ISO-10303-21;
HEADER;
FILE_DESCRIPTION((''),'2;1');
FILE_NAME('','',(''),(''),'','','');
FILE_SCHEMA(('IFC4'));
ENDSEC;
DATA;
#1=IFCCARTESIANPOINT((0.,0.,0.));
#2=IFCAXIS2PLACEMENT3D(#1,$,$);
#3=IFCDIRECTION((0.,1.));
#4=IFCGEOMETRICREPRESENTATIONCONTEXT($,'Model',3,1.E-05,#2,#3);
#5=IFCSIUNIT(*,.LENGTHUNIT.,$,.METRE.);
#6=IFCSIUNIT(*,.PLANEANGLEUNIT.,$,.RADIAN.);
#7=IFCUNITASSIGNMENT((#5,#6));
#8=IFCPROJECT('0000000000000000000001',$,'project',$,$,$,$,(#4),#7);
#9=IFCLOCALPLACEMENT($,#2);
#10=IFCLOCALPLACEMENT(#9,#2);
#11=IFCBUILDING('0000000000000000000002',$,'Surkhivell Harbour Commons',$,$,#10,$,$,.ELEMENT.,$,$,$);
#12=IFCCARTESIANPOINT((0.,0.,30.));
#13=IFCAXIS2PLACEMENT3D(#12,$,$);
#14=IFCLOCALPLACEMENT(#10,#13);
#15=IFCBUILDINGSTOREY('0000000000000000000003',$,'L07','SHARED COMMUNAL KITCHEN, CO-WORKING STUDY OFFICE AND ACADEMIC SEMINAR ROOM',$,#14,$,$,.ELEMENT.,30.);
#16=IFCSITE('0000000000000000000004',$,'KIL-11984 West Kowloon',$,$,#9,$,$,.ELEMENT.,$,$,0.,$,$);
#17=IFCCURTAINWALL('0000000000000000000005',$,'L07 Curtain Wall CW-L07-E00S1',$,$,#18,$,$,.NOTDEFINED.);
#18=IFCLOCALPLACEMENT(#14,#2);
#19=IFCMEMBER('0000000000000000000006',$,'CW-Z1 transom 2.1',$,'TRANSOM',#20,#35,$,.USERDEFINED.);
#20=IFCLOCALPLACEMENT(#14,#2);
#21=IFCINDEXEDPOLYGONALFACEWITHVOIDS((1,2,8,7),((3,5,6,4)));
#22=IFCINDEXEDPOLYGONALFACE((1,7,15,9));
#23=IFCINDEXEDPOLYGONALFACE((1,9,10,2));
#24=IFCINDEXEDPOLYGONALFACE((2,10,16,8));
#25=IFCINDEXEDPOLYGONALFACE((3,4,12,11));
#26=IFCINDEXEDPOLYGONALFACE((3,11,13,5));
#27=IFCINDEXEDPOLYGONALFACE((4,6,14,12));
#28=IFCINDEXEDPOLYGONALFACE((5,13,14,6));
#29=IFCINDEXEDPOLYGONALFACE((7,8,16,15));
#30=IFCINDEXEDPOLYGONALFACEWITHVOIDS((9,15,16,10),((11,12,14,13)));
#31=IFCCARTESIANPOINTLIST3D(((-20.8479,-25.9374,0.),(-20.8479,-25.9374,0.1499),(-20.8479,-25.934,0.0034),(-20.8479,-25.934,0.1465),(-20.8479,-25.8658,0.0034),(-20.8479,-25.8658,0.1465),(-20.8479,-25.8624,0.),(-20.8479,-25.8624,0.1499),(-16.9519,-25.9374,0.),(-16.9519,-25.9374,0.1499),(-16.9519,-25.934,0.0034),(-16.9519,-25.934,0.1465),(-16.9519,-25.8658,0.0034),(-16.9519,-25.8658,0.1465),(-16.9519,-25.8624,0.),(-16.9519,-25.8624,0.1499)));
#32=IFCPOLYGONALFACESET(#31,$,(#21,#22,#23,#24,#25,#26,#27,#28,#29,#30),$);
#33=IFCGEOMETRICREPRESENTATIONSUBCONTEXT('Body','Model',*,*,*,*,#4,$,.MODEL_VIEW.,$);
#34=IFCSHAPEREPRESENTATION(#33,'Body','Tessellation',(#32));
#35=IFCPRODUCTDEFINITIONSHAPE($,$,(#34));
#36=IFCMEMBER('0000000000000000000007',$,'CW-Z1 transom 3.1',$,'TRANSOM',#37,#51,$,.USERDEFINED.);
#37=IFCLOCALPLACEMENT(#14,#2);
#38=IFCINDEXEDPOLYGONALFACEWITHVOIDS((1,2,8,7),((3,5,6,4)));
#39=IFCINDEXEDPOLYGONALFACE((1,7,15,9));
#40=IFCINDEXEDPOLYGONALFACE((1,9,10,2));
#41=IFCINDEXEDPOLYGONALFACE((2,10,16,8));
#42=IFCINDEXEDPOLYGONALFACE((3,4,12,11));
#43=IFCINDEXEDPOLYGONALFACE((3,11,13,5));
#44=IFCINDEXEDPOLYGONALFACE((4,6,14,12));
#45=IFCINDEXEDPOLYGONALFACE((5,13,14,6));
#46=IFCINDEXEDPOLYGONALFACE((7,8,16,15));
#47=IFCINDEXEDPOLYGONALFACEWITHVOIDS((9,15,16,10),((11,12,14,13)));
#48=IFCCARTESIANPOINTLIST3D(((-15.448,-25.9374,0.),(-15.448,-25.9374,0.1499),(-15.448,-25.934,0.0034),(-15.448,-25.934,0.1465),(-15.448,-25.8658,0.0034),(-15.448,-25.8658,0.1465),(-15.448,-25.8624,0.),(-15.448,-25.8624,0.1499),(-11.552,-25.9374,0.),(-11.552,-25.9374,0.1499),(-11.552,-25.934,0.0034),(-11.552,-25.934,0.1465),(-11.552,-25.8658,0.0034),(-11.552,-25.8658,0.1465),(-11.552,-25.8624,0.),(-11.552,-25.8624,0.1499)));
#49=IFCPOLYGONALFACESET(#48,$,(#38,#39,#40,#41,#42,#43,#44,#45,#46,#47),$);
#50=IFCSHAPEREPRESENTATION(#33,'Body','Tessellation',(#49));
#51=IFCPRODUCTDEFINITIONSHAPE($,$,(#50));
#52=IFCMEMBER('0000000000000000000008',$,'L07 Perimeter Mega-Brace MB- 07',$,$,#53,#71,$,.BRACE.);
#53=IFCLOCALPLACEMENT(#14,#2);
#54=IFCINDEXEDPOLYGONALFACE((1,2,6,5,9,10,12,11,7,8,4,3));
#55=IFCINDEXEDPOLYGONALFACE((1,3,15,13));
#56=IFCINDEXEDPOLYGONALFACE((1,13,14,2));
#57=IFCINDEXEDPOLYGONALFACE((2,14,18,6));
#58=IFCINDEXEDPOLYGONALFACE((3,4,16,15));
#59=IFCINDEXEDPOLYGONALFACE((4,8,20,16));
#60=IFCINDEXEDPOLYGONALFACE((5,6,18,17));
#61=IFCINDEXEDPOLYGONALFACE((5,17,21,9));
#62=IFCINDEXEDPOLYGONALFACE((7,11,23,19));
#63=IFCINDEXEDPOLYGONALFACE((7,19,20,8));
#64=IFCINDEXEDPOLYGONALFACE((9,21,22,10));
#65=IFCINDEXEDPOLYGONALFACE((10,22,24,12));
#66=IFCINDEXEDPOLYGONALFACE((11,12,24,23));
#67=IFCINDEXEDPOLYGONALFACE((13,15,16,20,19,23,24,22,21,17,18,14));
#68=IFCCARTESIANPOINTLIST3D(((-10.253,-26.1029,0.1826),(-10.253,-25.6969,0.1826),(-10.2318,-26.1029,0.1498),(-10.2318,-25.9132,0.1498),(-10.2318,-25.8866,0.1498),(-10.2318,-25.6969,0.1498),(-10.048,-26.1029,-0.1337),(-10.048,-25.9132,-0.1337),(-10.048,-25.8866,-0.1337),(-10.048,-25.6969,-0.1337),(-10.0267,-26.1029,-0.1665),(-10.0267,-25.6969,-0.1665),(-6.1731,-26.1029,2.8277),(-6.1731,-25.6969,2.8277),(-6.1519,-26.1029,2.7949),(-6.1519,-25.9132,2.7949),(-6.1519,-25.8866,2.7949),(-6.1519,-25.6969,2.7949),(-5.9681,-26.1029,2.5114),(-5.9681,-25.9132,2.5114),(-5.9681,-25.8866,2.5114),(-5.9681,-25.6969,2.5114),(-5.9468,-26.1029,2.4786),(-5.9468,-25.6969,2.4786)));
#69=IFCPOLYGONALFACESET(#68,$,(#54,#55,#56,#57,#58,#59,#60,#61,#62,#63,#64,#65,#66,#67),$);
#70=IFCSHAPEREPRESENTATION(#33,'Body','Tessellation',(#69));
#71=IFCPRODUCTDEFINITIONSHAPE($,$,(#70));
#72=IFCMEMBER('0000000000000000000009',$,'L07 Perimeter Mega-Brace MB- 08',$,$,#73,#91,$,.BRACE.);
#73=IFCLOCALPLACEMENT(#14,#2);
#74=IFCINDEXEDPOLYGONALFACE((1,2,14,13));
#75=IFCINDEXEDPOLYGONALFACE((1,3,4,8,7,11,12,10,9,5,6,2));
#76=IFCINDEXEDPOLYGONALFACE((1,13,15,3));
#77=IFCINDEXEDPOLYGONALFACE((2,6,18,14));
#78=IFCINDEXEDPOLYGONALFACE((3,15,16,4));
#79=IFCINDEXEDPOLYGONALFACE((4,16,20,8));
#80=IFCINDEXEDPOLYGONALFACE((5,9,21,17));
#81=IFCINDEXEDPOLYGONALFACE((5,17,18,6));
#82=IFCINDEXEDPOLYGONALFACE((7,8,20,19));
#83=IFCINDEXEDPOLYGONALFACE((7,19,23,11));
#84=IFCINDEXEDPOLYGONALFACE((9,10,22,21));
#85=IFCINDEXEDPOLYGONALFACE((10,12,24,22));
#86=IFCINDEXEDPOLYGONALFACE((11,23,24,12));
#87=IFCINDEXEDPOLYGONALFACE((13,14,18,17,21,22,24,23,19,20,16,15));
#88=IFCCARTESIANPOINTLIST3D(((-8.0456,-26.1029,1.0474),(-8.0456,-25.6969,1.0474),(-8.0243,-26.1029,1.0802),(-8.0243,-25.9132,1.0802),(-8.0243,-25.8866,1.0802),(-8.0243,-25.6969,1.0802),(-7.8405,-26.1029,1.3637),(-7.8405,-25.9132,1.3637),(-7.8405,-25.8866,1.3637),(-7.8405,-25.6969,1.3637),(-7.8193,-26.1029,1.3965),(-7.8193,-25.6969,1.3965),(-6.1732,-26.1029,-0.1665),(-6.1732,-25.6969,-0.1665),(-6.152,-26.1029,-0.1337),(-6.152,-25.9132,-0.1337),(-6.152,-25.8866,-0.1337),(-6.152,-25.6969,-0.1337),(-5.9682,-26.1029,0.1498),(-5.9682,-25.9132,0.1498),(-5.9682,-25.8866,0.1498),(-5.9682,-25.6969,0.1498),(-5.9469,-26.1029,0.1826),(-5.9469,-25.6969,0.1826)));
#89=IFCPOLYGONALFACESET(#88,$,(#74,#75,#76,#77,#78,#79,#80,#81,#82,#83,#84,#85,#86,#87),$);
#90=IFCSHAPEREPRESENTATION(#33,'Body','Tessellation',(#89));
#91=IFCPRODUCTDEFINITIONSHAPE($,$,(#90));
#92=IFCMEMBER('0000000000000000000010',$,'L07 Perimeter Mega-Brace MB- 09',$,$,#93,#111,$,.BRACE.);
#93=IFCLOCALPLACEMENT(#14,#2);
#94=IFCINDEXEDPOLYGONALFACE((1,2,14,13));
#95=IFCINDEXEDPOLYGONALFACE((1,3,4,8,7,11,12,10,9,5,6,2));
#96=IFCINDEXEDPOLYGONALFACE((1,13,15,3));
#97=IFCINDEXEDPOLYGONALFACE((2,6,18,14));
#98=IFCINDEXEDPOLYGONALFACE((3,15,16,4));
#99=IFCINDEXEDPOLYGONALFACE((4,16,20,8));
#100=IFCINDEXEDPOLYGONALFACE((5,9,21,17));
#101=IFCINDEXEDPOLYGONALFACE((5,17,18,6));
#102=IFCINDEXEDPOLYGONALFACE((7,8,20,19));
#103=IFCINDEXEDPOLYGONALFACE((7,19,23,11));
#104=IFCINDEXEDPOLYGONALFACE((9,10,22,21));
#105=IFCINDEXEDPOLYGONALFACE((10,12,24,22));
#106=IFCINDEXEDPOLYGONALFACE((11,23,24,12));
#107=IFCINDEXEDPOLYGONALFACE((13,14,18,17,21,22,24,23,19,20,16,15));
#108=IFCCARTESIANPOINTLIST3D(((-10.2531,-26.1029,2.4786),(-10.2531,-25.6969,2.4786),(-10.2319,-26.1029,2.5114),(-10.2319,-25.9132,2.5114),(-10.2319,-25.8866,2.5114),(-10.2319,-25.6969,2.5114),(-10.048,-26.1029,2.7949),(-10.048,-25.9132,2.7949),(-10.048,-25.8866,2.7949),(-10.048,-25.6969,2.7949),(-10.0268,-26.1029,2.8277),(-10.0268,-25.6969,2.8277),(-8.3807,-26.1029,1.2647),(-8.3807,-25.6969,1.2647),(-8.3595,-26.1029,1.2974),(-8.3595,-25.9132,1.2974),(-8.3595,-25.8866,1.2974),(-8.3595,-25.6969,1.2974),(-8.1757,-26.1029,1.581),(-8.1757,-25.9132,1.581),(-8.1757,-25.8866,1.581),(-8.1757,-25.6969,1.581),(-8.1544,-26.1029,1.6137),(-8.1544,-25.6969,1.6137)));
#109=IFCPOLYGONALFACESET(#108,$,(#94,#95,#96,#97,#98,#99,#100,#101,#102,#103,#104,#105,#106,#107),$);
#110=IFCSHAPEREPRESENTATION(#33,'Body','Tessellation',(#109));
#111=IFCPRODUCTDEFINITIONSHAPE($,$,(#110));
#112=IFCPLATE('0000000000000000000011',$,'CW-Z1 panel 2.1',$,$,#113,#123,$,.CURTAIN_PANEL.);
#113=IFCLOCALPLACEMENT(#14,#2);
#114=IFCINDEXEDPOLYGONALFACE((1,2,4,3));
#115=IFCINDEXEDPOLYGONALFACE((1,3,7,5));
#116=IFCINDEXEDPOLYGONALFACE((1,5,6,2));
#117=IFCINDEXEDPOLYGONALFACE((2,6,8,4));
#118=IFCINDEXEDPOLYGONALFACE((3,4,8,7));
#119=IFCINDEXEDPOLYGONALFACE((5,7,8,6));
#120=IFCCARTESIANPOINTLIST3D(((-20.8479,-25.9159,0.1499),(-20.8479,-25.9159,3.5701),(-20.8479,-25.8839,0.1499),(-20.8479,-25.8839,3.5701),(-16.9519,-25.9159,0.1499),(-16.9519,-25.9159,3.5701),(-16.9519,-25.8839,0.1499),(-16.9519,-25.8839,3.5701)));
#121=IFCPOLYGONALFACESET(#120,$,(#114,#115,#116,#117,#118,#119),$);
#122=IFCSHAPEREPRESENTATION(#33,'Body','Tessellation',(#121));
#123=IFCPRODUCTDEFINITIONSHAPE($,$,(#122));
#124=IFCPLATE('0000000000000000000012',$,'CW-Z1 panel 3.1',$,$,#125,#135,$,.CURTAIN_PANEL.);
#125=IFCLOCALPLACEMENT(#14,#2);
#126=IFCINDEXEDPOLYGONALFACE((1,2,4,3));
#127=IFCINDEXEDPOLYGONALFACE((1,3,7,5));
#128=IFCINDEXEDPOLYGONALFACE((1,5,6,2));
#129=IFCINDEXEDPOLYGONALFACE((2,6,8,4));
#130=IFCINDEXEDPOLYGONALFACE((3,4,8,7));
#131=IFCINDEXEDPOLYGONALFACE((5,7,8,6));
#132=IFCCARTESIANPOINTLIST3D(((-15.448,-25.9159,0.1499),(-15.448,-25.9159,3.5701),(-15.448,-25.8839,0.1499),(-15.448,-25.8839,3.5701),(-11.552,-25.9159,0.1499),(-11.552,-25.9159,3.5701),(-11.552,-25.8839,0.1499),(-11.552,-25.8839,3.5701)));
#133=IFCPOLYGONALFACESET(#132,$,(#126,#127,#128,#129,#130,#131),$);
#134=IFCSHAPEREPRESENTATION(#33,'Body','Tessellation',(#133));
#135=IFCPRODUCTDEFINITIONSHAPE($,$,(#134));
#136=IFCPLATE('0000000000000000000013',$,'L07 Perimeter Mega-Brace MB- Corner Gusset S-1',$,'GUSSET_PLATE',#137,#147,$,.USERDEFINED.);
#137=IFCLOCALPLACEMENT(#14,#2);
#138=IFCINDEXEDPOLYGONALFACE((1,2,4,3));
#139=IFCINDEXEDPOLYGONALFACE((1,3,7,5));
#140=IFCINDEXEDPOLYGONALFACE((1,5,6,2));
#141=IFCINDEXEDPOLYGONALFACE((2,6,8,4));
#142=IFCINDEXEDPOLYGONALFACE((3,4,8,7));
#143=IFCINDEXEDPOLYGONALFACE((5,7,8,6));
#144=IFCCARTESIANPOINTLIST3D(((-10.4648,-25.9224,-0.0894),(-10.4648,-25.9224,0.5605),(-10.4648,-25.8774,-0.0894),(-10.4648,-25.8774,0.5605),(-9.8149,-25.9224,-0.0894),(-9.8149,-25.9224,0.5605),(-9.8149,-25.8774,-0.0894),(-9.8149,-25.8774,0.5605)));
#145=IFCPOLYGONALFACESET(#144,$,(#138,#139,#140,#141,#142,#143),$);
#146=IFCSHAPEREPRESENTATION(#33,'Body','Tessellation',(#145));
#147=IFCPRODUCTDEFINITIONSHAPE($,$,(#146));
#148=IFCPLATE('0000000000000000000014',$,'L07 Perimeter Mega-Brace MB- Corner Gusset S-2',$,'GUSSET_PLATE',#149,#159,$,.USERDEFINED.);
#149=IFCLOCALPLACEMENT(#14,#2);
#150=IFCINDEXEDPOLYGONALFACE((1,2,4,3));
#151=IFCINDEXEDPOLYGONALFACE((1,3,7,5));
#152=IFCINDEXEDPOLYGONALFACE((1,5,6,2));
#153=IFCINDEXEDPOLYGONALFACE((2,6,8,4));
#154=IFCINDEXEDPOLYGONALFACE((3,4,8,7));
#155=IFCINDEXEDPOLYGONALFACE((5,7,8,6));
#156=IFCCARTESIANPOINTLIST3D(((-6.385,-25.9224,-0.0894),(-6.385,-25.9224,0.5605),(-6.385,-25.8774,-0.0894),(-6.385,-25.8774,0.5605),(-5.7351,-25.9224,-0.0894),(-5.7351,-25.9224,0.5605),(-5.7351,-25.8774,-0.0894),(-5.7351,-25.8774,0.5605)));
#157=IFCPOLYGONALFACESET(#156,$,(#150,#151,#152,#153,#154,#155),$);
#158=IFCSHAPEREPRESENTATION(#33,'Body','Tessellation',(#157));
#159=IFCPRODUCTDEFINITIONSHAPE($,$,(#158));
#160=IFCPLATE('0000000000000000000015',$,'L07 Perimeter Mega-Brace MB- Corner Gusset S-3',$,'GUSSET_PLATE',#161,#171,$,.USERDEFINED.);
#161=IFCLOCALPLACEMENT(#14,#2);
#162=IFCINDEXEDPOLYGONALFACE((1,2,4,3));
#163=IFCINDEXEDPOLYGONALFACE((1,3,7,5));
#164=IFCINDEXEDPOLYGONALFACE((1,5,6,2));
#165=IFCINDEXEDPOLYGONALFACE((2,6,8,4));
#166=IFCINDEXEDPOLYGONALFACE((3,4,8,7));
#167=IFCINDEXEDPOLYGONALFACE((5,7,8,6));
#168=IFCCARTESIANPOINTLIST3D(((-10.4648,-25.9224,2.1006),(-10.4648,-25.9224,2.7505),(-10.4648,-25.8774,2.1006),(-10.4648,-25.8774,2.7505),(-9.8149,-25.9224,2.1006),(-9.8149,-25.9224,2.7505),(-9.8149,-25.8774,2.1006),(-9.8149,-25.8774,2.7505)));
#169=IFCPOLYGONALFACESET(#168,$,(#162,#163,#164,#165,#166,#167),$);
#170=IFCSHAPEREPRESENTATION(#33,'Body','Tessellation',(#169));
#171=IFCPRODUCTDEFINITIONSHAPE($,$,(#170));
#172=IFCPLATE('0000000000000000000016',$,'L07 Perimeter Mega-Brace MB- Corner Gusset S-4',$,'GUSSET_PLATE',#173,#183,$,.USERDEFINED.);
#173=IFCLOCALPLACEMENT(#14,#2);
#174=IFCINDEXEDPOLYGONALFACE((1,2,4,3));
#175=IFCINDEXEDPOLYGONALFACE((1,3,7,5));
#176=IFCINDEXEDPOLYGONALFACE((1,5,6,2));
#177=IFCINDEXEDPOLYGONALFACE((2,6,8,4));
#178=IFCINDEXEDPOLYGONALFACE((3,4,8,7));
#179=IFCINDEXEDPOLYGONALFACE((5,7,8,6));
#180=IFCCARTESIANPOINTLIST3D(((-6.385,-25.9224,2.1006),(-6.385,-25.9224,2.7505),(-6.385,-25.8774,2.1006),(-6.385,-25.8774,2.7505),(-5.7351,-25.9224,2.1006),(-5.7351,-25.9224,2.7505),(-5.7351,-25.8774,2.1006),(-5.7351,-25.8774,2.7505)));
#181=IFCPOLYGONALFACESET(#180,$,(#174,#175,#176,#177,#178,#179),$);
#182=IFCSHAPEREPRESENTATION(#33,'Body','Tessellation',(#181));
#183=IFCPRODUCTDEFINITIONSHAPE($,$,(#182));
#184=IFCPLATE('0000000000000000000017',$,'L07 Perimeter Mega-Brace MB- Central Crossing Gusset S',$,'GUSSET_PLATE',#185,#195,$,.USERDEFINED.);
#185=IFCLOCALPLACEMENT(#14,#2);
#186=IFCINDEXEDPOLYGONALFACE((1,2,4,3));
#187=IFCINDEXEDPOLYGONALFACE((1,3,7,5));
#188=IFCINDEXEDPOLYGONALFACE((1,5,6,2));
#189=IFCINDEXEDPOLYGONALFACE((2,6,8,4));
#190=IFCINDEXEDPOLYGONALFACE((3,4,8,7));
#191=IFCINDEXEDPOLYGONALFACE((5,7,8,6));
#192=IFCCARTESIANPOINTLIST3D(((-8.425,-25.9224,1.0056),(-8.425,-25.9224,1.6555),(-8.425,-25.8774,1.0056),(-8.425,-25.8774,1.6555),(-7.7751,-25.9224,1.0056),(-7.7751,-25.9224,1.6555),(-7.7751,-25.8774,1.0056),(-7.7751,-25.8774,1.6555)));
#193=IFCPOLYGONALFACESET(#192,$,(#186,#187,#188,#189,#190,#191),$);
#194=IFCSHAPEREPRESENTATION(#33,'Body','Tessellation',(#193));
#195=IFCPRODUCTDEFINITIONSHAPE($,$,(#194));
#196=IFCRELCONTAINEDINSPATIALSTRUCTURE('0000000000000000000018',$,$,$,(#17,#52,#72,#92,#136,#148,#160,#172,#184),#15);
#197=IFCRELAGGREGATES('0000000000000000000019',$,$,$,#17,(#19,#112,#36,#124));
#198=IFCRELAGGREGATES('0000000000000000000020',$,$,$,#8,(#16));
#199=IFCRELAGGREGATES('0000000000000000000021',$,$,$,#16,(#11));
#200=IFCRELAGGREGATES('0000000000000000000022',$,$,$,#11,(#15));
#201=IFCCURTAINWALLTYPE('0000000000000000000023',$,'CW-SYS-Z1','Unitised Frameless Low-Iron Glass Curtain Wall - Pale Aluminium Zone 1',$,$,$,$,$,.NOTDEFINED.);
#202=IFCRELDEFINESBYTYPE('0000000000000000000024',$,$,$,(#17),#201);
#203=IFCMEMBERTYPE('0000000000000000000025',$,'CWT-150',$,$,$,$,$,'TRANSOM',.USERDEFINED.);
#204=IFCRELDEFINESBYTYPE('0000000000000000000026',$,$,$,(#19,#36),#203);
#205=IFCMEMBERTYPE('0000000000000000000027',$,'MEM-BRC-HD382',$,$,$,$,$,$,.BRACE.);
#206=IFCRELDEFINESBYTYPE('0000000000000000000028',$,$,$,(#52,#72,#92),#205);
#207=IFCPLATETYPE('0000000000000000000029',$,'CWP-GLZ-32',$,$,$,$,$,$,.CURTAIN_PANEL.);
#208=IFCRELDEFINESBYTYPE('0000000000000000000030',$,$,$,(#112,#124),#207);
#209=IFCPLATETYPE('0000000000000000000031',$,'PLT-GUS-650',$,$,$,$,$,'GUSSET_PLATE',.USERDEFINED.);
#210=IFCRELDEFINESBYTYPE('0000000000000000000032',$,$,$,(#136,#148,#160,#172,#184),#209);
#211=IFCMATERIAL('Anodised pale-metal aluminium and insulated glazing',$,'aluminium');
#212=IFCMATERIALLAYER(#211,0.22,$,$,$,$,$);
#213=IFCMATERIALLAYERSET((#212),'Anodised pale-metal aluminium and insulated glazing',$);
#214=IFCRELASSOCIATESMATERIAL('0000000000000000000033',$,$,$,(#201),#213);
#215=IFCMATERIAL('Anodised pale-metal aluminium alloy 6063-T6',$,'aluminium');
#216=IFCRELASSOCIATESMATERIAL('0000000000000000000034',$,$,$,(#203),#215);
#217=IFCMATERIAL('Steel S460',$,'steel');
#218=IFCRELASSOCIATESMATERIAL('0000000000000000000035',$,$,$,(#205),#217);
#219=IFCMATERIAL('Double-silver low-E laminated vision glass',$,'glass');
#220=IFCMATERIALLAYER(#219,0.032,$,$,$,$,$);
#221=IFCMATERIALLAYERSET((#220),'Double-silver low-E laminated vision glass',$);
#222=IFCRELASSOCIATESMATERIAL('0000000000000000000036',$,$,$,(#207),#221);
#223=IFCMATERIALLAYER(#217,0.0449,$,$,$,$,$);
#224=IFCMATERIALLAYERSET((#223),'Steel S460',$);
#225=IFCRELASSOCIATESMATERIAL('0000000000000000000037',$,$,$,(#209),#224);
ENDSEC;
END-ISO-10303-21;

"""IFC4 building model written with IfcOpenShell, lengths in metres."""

from ifc_helpers import new_model, si_unit, direction, frame, frame_2d, origin, origin_2d, place, context, subcontext, project, spatial, rectangle, hollow_rectangle, i_section, extrude, material, layer, layer_set, material_profile, profile_set, type_object, element, aggregate, save


model = new_model("IFC4")

# Units and contexts
model_context = context("Model", 3, precision=1e-05, world=origin(), true_north=direction((0.0, 1.0)))
body_context = subcontext(model_context, "Body", "Model", "MODEL_VIEW")
ifc_project = project(units=[si_unit("LENGTHUNIT", "METRE"), si_unit("PLANEANGLEUNIT", "RADIAN")], contexts=[model_context])

# Site, building, storey
site_placement = place(None, origin())
site = spatial("IfcSite", under=ifc_project, at=site_placement, Name="KIL-11984 West Kowloon", CompositionType="ELEMENT", RefElevation=0.0)
building_placement = place(site_placement, origin())
building = spatial("IfcBuilding", under=site, at=building_placement, Name="Surkhivell Harbour Commons", CompositionType="ELEMENT")
storey_placement = place(building_placement, frame((0.0, 0.0, 30.0)))
storey = spatial("IfcBuildingStorey", under=building, at=storey_placement, Name="L07", Description="SHARED COMMUNAL KITCHEN, CO-WORKING STUDY OFFICE AND ACADEMIC SEMINAR ROOM", CompositionType="ELEMENT", Elevation=30.0)

# Shared definitions
ifc_material_1 = material(Name="Steel S460", Category="steel")

# Curtain wall, members
ifc_material_2 = material(Name="Anodised pale-metal aluminium and insulated glazing", Category="aluminium")
ifc_layer_1 = layer(ifc_material_2, 0.22)
ifc_layer_set_1 = layer_set([ifc_layer_1], Name="Anodised pale-metal aluminium and insulated glazing")
curtain_wall_type = type_object("IfcCurtainWallType", Name="CW-SYS-Z1", Description="Unitised Frameless Low-Iron Glass Curtain Wall - Pale Aluminium Zone 1", PredefinedType="NOTDEFINED", material=ifc_layer_set_1)
curtain_wall_placement = place(storey_placement, origin())
curtain_wall = element("IfcCurtainWall", 1, at=curtain_wall_placement, inside=storey, type_object=curtain_wall_type, Name="L07 Curtain Wall CW-L07-E00S1", PredefinedType="NOTDEFINED")
ifc_material_3 = material(Name="Anodised pale-metal aluminium alloy 6063-T6", Category="aluminium")
ifc_material_profile_1 = material_profile(ifc_material_3, hollow_rectangle(XDim=0.075, YDim=0.1499, WallThickness=0.0034, at=origin_2d()), Name="ALU-TRAN-75x150")
ifc_profile_set_1 = profile_set([ifc_material_profile_1], Name="Anodised pale-metal aluminium alloy 6063-T6")
member_type_1 = type_object("IfcMemberType", Name="CWT-150", ElementType="TRANSOM", PredefinedType="USERDEFINED", material=ifc_profile_set_1)
member_1_placement = place(storey_placement, frame((-20.8479, -25.8999, 0.075), z_axis=(1.0, 0.0, 0.0), x_axis=(0.0, 1.0, 0.0)))
member_1 = element("IfcMember", 2, at=member_1_placement, type_object=member_type_1, Name="CW-Z1 transom 2.1", ObjectType="TRANSOM", PredefinedType="USERDEFINED", context=body_context, shape_type="SweptSolid", body=[
    extrude(hollow_rectangle(XDim=0.075, YDim=0.1499, WallThickness=0.0034, at=origin_2d()), origin(), (0.0, 0.0, 1.0), 3.896),
])
member_2_placement = place(storey_placement, frame((-15.448, -25.8999, 0.075), z_axis=(1.0, 0.0, 0.0), x_axis=(0.0, 1.0, 0.0)))
member_2 = element("IfcMember", 3, at=member_2_placement, type_object=member_type_1, Name="CW-Z1 transom 3.1", ObjectType="TRANSOM", PredefinedType="USERDEFINED", context=body_context, shape_type="SweptSolid", body=[
    extrude(hollow_rectangle(XDim=0.075, YDim=0.1499, WallThickness=0.0034, at=origin_2d()), origin(), (0.0, 0.0, 1.0), 3.896),
])

# Members
ifc_material_profile_2 = material_profile(ifc_material_1, i_section(OverallWidth=0.406, OverallDepth=0.416, WebThickness=0.0266, FlangeThickness=0.0391, at=origin_2d()), Name="HD400x382")
ifc_profile_set_2 = profile_set([ifc_material_profile_2], Name="Steel S460")
member_type_2 = type_object("IfcMemberType", Name="MEM-BRC-HD382", PredefinedType="BRACE", material=ifc_profile_set_2)
member_3_placement = place(storey_placement, frame((-10.1399, -25.8999, 0.0081), z_axis=(0.839089, 0.0, 0.543994), x_axis=(0.0, 1.0, 0.0)))
element("IfcMember", 4, at=member_3_placement, inside=storey, type_object=member_type_2, Name="L07 Perimeter Mega-Brace MB- 07", PredefinedType="BRACE", context=body_context, shape_type="SweptSolid", body=[
    extrude(i_section(OverallWidth=0.406, OverallDepth=0.416, WebThickness=0.0266, FlangeThickness=0.0391, at=origin_2d()), origin(), (0.0, 0.0, 1.0), 4.8623),
])
for number, where, z_axis, x_axis, name in (
    (5, (-6.0601, -25.8999, 0.0081), (-0.839085, 0.0, 0.544), (0.0, -1.0, 0.0), "L07 Perimeter Mega-Brace MB- 08"),
    (6, (-8.2676, -25.8999, 1.4392), (-0.839085, 0.0, 0.544), (0.0, -1.0, 0.0), "L07 Perimeter Mega-Brace MB- 09"),
):
    element("IfcMember", number, at=place(storey_placement, frame(where, z_axis=z_axis, x_axis=x_axis)), inside=storey, type_object=member_type_2, Name=name, PredefinedType="BRACE", context=body_context, shape_type="SweptSolid", body=[
        extrude(i_section(OverallWidth=0.406, OverallDepth=0.416, WebThickness=0.0266, FlangeThickness=0.0391, at=origin_2d()), origin(), (0.0, 0.0, 1.0), 2.2314),
    ])

# Plates
ifc_material_4 = material(Name="Double-silver low-E laminated vision glass", Category="glass")
ifc_layer_2 = layer(ifc_material_4, 0.032)
ifc_layer_set_2 = layer_set([ifc_layer_2], Name="Double-silver low-E laminated vision glass")
plate_type_1 = type_object("IfcPlateType", Name="CWP-GLZ-32", PredefinedType="CURTAIN_PANEL", material=ifc_layer_set_2)
plate_1_placement = place(storey_placement, frame((-20.8479, -25.8999, 0.1499), z_axis=(0.0, 0.0, 1.0), x_axis=(1.0, 0.0, 0.0)))
plate_1 = element("IfcPlate", 7, at=plate_1_placement, type_object=plate_type_1, Name="CW-Z1 panel 2.1", PredefinedType="CURTAIN_PANEL", context=body_context, shape_type="SweptSolid", body=[
    extrude(rectangle(XDim=3.896, YDim=0.032, at=frame_2d((1.948, 0.0))), origin(), (0.0, 0.0, 1.0), 3.4202),
])
plate_2_placement = place(storey_placement, frame((-15.448, -25.8999, 0.1499), z_axis=(0.0, 0.0, 1.0), x_axis=(1.0, 0.0, 0.0)))
plate_2 = element("IfcPlate", 8, at=plate_2_placement, type_object=plate_type_1, Name="CW-Z1 panel 3.1", PredefinedType="CURTAIN_PANEL", context=body_context, shape_type="SweptSolid", body=[
    extrude(rectangle(XDim=3.896, YDim=0.032, at=frame_2d((1.948, 0.0))), origin(), (0.0, 0.0, 1.0), 3.4202),
])
aggregate(curtain_wall, [member_1, plate_1, member_2, plate_2])

# Plates
ifc_layer_3 = layer(ifc_material_1, 0.0449)
ifc_layer_set_3 = layer_set([ifc_layer_3], Name="Steel S460")
plate_type_2 = type_object("IfcPlateType", Name="PLT-GUS-650", ElementType="GUSSET_PLATE", PredefinedType="USERDEFINED", material=ifc_layer_set_3)
for number, where, z_axis, x_axis, name in (
    (9, (-10.1399, -25.8999, -0.0894), (0.0, 0.0, 1.0), (1.0, 0.0, 0.0), "L07 Perimeter Mega-Brace MB- Corner Gusset S-1"),
    (10, (-6.0601, -25.8999, -0.0894), (0.0, 0.0, 1.0), (1.0, 0.0, 0.0), "L07 Perimeter Mega-Brace MB- Corner Gusset S-2"),
    (11, (-10.1399, -25.8999, 2.1006), (0.0, 0.0, 1.0), (1.0, 0.0, 0.0), "L07 Perimeter Mega-Brace MB- Corner Gusset S-3"),
    (12, (-6.0601, -25.8999, 2.1006), (0.0, 0.0, 1.0), (1.0, 0.0, 0.0), "L07 Perimeter Mega-Brace MB- Corner Gusset S-4"),
    (13, (-8.1001, -25.8999, 1.0056), (0.0, 0.0, 1.0), (1.0, 0.0, 0.0), "L07 Perimeter Mega-Brace MB- Central Crossing Gusset S"),
):
    element("IfcPlate", number, at=place(storey_placement, frame(where, z_axis=z_axis, x_axis=x_axis)), inside=storey, type_object=plate_type_2, Name=name, ObjectType="GUSSET_PLATE", PredefinedType="USERDEFINED", context=body_context, shape_type="SweptSolid", body=[
        extrude(rectangle(XDim=0.6499, YDim=0.0449, at=origin_2d()), origin(), (0.0, 0.0, 1.0), 0.6499),
    ])

save(model, "model.ifc")
